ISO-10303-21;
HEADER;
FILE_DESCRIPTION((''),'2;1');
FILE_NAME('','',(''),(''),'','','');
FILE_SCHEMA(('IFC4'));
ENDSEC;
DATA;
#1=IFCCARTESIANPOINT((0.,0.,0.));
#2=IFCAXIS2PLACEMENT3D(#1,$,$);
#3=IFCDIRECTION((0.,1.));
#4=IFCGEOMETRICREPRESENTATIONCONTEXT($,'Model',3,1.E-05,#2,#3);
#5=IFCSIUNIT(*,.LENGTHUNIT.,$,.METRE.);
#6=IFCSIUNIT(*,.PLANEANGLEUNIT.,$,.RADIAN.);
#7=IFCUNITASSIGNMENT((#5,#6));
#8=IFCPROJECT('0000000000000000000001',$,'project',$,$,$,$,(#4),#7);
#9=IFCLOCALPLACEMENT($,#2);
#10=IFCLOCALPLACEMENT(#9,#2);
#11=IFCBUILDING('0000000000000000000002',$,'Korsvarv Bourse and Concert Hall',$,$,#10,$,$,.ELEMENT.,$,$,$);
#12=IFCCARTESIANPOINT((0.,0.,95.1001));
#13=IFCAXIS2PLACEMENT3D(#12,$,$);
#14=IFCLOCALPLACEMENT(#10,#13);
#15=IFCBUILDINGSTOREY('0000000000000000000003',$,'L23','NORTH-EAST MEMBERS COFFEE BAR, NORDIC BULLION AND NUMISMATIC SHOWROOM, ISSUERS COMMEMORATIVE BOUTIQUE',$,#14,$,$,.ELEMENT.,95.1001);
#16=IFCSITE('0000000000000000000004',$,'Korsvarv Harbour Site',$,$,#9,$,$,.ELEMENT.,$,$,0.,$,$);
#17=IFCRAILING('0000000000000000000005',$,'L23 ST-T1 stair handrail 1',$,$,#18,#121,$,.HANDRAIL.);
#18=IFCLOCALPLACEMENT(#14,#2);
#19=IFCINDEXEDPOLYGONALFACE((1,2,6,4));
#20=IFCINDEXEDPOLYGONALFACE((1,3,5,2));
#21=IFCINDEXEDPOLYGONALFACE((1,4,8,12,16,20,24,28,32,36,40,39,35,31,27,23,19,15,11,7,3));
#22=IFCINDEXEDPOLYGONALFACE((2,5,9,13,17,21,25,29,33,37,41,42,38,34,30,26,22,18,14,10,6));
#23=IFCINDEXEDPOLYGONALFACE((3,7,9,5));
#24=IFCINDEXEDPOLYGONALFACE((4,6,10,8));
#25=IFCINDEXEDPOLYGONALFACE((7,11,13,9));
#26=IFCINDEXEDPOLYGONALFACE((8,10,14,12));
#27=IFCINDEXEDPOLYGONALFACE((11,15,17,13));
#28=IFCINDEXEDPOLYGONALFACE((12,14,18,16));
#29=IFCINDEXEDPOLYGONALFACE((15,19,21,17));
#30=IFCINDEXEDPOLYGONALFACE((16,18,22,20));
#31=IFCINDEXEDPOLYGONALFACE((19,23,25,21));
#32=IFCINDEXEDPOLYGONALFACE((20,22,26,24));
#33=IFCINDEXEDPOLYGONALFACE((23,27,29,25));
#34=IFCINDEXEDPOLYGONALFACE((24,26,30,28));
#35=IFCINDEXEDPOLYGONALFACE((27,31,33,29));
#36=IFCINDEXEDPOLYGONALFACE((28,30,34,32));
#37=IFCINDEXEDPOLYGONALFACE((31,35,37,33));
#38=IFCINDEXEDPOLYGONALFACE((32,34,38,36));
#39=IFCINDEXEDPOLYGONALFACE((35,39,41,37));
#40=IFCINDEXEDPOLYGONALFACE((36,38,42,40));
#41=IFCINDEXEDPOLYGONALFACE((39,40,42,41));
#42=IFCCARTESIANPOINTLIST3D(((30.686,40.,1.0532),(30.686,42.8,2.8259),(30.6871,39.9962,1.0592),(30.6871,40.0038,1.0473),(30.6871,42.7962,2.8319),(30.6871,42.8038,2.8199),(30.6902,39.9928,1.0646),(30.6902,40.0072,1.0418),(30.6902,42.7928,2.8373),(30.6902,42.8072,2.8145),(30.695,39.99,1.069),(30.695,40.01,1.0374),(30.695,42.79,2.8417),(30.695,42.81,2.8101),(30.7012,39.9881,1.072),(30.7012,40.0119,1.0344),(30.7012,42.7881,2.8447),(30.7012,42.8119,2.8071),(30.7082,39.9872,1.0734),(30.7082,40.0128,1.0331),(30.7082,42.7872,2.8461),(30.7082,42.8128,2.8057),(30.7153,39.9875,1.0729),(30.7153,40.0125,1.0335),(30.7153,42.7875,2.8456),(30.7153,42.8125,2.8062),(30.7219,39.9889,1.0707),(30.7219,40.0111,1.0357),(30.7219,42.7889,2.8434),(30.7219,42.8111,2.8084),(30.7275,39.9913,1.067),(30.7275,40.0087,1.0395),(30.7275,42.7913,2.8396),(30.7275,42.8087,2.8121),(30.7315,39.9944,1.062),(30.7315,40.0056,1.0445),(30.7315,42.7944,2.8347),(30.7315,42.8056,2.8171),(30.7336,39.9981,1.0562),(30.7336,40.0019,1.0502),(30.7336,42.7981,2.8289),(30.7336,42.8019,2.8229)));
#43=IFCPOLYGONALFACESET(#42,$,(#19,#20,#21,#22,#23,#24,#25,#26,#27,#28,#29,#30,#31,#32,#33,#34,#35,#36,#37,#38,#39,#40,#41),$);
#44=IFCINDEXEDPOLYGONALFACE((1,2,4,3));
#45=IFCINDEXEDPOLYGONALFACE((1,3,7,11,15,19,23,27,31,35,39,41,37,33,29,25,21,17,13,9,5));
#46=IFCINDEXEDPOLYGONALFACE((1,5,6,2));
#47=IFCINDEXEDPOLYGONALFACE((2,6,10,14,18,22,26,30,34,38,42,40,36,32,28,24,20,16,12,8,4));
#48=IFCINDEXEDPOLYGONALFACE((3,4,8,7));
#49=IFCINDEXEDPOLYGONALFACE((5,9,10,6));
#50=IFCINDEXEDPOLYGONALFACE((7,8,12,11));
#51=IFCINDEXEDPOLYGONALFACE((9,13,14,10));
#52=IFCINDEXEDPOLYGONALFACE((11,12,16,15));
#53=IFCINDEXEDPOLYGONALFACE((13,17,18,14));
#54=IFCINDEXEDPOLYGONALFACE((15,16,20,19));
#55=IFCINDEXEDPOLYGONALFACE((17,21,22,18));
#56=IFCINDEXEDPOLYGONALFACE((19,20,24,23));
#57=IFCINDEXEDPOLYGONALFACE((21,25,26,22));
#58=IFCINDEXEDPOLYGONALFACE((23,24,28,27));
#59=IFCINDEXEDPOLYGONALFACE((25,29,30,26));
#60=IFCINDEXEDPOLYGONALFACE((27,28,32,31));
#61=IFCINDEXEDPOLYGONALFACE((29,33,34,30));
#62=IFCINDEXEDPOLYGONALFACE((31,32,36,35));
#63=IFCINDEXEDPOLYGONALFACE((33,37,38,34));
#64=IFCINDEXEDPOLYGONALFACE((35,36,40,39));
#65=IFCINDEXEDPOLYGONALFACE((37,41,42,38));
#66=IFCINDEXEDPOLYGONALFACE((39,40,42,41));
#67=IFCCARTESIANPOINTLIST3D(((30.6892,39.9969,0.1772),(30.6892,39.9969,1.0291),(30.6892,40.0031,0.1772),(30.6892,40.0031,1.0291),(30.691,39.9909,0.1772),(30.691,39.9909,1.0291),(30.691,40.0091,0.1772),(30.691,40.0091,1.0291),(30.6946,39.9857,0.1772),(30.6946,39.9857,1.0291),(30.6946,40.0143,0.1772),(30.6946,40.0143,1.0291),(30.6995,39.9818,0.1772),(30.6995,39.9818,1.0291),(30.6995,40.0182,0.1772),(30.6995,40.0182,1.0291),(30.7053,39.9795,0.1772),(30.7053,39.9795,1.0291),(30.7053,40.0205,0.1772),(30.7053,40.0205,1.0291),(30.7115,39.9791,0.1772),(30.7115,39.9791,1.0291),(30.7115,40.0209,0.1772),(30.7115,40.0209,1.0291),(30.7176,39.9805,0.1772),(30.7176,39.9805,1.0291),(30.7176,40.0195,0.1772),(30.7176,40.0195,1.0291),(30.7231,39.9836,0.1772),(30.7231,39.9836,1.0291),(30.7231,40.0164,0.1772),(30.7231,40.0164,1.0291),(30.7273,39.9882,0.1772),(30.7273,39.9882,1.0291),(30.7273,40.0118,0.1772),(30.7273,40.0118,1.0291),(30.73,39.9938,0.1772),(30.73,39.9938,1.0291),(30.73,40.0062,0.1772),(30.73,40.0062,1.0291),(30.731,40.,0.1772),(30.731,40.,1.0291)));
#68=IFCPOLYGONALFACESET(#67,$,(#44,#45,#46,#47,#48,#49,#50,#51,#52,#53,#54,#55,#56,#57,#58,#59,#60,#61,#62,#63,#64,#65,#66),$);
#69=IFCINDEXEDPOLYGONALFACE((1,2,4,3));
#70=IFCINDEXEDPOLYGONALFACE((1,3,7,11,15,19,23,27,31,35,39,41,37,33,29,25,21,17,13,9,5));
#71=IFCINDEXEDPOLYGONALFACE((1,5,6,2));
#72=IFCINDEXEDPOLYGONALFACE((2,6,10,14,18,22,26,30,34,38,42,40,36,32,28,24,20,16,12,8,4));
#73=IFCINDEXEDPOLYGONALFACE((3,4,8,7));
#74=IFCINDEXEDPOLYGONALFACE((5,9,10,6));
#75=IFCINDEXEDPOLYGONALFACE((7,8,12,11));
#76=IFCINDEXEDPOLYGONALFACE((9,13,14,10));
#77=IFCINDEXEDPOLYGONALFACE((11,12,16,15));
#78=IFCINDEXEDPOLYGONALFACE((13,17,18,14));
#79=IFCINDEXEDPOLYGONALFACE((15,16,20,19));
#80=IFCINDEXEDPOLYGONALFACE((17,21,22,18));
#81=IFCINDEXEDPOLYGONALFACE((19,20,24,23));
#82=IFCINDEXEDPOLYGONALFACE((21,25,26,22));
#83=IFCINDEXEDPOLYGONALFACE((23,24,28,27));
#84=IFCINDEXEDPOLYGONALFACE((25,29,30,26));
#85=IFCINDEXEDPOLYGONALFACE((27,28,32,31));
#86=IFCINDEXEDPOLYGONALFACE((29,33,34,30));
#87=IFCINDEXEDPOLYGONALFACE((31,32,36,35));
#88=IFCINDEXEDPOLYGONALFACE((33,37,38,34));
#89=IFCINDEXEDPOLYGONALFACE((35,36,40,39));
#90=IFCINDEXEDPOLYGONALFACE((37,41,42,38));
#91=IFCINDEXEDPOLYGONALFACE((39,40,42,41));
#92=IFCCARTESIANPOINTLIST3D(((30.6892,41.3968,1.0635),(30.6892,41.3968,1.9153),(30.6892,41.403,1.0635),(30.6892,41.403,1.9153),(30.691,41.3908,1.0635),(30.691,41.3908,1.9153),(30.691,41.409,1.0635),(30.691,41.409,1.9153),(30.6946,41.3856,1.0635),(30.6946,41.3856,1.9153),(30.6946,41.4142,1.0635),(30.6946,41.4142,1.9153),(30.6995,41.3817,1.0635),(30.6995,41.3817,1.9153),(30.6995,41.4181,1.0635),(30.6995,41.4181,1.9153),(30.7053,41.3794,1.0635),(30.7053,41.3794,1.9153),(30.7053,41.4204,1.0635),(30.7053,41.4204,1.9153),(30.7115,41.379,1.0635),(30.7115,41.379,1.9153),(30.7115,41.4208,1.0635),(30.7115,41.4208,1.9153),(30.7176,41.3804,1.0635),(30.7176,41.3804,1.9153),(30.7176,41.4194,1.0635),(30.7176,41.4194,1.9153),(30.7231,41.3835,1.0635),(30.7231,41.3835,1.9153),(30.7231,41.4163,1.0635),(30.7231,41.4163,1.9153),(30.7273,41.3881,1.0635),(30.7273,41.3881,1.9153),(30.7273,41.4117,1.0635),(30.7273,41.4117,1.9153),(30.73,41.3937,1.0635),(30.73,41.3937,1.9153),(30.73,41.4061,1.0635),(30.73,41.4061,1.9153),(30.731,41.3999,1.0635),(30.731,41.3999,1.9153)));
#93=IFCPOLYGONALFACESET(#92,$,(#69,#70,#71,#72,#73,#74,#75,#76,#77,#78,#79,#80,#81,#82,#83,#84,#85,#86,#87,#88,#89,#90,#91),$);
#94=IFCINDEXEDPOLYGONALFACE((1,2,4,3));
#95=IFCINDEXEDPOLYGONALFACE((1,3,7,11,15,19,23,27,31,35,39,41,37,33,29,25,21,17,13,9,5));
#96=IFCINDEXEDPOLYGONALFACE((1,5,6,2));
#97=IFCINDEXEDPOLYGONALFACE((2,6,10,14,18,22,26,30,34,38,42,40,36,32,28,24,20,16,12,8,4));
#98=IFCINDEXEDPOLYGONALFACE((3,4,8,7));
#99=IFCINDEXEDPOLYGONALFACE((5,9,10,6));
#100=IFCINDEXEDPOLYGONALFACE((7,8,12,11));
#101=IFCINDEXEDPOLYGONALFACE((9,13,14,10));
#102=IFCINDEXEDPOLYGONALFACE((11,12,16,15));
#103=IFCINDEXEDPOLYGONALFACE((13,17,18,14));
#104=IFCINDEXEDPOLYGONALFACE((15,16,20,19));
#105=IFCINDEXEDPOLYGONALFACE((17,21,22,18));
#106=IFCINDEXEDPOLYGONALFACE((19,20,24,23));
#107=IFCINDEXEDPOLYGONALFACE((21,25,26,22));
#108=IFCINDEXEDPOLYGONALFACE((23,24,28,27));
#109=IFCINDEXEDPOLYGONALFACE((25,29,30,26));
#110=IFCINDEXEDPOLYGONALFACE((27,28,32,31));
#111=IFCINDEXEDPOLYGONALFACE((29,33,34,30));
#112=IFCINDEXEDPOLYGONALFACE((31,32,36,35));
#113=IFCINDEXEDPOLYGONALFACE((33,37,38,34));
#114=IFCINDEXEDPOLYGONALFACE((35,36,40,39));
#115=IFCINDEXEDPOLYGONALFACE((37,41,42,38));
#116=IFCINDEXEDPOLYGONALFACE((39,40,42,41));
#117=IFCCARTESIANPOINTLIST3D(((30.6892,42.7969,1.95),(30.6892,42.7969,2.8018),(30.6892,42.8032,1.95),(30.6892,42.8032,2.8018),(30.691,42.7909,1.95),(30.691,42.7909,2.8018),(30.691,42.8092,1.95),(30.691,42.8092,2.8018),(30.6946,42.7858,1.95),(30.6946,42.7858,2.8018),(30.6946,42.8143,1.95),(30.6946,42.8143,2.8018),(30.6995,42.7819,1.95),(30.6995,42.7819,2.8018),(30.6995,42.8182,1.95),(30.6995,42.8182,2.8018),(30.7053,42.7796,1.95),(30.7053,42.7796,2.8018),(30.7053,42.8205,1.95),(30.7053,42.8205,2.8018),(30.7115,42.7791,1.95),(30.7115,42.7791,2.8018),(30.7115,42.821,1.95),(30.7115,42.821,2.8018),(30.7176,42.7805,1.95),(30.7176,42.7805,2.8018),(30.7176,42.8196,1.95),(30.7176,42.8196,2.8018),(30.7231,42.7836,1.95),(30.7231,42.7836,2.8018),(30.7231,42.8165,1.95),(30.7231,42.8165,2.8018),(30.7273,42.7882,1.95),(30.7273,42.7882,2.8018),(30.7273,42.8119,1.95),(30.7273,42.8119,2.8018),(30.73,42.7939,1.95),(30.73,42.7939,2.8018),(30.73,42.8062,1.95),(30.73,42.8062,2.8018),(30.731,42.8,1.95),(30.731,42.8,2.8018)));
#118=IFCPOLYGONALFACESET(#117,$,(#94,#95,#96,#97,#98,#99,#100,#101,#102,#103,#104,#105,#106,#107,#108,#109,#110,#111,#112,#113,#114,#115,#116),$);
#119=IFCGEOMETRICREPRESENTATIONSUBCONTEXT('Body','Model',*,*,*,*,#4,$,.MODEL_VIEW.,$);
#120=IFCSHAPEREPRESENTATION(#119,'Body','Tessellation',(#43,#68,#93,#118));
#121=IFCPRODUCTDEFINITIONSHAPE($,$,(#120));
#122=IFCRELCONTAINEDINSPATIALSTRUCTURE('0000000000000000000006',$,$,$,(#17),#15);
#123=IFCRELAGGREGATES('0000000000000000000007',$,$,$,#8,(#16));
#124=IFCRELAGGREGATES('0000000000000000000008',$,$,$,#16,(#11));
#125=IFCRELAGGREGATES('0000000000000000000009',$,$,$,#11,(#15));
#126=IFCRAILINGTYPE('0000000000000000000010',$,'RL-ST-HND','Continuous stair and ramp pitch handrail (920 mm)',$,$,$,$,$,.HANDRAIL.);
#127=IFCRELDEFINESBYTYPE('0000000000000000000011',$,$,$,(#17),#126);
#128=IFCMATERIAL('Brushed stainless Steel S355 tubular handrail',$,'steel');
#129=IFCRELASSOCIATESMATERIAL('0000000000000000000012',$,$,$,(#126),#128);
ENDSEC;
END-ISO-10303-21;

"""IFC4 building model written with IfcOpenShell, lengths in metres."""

from ifc_helpers import new_model, si_unit, direction, frame, origin, origin_2d, place, context, subcontext, project, spatial, circle, extrude, material, type_object, element, save


model = new_model("IFC4")

# Units and contexts
model_context = context("Model", 3, precision=1e-05, world=origin(), true_north=direction((0.0, 1.0)))
body_context = subcontext(model_context, "Body", "Model", "MODEL_VIEW")
ifc_project = project(units=[si_unit("LENGTHUNIT", "METRE"), si_unit("PLANEANGLEUNIT", "RADIAN")], contexts=[model_context])

# Site, building, storey
site_placement = place(None, origin())
site = spatial("IfcSite", under=ifc_project, at=site_placement, Name="Korsvarv Harbour Site", CompositionType="ELEMENT", RefElevation=0.0)
building_placement = place(site_placement, origin())
building = spatial("IfcBuilding", under=site, at=building_placement, Name="Korsvarv Bourse and Concert Hall", CompositionType="ELEMENT")
storey_placement = place(building_placement, frame((0.0, 0.0, 95.1001)))
storey = spatial("IfcBuildingStorey", under=building, at=storey_placement, Name="L23", Description="NORTH-EAST MEMBERS COFFEE BAR, NORDIC BULLION AND NUMISMATIC SHOWROOM, ISSUERS COMMEMORATIVE BOUTIQUE", CompositionType="ELEMENT", Elevation=95.1001)

# Railing
ifc_material_1 = material(Name="Brushed stainless Steel S355 tubular handrail", Category="steel")
railing_type = type_object("IfcRailingType", Name="RL-ST-HND", Description="Continuous stair and ramp pitch handrail (920 mm)", PredefinedType="HANDRAIL", material=ifc_material_1)
railing_placement = place(storey_placement, frame((30.71, 40.0, 0.1772)))
element("IfcRailing", 1, at=railing_placement, inside=storey, type_object=railing_type, Name="L23 ST-T1 stair handrail 1", PredefinedType="HANDRAIL", context=body_context, shape_type="SweptSolid", body=[
    extrude(circle(Radius=0.0239, at=origin_2d()), frame((0.0, 0.0, 0.876), z_axis=(0.0, 0.844909, 0.53491), x_axis=(-1.0, 0.0, 0.0)), (0.0, 0.0, 1.0), 3.314),
    extrude(circle(Radius=0.021, at=origin_2d()), origin(), (0.0, 0.0, 1.0), 0.8518),
    extrude(circle(Radius=0.021, at=origin_2d()), frame((0.0, 1.3999, 0.8862)), (0.0, 0.0, 1.0), 0.8518),
    extrude(circle(Radius=0.021, at=origin_2d()), frame((0.0, 2.8, 1.7727)), (0.0, 0.0, 1.0), 0.8518),
])

save(model, "model.ifc")
